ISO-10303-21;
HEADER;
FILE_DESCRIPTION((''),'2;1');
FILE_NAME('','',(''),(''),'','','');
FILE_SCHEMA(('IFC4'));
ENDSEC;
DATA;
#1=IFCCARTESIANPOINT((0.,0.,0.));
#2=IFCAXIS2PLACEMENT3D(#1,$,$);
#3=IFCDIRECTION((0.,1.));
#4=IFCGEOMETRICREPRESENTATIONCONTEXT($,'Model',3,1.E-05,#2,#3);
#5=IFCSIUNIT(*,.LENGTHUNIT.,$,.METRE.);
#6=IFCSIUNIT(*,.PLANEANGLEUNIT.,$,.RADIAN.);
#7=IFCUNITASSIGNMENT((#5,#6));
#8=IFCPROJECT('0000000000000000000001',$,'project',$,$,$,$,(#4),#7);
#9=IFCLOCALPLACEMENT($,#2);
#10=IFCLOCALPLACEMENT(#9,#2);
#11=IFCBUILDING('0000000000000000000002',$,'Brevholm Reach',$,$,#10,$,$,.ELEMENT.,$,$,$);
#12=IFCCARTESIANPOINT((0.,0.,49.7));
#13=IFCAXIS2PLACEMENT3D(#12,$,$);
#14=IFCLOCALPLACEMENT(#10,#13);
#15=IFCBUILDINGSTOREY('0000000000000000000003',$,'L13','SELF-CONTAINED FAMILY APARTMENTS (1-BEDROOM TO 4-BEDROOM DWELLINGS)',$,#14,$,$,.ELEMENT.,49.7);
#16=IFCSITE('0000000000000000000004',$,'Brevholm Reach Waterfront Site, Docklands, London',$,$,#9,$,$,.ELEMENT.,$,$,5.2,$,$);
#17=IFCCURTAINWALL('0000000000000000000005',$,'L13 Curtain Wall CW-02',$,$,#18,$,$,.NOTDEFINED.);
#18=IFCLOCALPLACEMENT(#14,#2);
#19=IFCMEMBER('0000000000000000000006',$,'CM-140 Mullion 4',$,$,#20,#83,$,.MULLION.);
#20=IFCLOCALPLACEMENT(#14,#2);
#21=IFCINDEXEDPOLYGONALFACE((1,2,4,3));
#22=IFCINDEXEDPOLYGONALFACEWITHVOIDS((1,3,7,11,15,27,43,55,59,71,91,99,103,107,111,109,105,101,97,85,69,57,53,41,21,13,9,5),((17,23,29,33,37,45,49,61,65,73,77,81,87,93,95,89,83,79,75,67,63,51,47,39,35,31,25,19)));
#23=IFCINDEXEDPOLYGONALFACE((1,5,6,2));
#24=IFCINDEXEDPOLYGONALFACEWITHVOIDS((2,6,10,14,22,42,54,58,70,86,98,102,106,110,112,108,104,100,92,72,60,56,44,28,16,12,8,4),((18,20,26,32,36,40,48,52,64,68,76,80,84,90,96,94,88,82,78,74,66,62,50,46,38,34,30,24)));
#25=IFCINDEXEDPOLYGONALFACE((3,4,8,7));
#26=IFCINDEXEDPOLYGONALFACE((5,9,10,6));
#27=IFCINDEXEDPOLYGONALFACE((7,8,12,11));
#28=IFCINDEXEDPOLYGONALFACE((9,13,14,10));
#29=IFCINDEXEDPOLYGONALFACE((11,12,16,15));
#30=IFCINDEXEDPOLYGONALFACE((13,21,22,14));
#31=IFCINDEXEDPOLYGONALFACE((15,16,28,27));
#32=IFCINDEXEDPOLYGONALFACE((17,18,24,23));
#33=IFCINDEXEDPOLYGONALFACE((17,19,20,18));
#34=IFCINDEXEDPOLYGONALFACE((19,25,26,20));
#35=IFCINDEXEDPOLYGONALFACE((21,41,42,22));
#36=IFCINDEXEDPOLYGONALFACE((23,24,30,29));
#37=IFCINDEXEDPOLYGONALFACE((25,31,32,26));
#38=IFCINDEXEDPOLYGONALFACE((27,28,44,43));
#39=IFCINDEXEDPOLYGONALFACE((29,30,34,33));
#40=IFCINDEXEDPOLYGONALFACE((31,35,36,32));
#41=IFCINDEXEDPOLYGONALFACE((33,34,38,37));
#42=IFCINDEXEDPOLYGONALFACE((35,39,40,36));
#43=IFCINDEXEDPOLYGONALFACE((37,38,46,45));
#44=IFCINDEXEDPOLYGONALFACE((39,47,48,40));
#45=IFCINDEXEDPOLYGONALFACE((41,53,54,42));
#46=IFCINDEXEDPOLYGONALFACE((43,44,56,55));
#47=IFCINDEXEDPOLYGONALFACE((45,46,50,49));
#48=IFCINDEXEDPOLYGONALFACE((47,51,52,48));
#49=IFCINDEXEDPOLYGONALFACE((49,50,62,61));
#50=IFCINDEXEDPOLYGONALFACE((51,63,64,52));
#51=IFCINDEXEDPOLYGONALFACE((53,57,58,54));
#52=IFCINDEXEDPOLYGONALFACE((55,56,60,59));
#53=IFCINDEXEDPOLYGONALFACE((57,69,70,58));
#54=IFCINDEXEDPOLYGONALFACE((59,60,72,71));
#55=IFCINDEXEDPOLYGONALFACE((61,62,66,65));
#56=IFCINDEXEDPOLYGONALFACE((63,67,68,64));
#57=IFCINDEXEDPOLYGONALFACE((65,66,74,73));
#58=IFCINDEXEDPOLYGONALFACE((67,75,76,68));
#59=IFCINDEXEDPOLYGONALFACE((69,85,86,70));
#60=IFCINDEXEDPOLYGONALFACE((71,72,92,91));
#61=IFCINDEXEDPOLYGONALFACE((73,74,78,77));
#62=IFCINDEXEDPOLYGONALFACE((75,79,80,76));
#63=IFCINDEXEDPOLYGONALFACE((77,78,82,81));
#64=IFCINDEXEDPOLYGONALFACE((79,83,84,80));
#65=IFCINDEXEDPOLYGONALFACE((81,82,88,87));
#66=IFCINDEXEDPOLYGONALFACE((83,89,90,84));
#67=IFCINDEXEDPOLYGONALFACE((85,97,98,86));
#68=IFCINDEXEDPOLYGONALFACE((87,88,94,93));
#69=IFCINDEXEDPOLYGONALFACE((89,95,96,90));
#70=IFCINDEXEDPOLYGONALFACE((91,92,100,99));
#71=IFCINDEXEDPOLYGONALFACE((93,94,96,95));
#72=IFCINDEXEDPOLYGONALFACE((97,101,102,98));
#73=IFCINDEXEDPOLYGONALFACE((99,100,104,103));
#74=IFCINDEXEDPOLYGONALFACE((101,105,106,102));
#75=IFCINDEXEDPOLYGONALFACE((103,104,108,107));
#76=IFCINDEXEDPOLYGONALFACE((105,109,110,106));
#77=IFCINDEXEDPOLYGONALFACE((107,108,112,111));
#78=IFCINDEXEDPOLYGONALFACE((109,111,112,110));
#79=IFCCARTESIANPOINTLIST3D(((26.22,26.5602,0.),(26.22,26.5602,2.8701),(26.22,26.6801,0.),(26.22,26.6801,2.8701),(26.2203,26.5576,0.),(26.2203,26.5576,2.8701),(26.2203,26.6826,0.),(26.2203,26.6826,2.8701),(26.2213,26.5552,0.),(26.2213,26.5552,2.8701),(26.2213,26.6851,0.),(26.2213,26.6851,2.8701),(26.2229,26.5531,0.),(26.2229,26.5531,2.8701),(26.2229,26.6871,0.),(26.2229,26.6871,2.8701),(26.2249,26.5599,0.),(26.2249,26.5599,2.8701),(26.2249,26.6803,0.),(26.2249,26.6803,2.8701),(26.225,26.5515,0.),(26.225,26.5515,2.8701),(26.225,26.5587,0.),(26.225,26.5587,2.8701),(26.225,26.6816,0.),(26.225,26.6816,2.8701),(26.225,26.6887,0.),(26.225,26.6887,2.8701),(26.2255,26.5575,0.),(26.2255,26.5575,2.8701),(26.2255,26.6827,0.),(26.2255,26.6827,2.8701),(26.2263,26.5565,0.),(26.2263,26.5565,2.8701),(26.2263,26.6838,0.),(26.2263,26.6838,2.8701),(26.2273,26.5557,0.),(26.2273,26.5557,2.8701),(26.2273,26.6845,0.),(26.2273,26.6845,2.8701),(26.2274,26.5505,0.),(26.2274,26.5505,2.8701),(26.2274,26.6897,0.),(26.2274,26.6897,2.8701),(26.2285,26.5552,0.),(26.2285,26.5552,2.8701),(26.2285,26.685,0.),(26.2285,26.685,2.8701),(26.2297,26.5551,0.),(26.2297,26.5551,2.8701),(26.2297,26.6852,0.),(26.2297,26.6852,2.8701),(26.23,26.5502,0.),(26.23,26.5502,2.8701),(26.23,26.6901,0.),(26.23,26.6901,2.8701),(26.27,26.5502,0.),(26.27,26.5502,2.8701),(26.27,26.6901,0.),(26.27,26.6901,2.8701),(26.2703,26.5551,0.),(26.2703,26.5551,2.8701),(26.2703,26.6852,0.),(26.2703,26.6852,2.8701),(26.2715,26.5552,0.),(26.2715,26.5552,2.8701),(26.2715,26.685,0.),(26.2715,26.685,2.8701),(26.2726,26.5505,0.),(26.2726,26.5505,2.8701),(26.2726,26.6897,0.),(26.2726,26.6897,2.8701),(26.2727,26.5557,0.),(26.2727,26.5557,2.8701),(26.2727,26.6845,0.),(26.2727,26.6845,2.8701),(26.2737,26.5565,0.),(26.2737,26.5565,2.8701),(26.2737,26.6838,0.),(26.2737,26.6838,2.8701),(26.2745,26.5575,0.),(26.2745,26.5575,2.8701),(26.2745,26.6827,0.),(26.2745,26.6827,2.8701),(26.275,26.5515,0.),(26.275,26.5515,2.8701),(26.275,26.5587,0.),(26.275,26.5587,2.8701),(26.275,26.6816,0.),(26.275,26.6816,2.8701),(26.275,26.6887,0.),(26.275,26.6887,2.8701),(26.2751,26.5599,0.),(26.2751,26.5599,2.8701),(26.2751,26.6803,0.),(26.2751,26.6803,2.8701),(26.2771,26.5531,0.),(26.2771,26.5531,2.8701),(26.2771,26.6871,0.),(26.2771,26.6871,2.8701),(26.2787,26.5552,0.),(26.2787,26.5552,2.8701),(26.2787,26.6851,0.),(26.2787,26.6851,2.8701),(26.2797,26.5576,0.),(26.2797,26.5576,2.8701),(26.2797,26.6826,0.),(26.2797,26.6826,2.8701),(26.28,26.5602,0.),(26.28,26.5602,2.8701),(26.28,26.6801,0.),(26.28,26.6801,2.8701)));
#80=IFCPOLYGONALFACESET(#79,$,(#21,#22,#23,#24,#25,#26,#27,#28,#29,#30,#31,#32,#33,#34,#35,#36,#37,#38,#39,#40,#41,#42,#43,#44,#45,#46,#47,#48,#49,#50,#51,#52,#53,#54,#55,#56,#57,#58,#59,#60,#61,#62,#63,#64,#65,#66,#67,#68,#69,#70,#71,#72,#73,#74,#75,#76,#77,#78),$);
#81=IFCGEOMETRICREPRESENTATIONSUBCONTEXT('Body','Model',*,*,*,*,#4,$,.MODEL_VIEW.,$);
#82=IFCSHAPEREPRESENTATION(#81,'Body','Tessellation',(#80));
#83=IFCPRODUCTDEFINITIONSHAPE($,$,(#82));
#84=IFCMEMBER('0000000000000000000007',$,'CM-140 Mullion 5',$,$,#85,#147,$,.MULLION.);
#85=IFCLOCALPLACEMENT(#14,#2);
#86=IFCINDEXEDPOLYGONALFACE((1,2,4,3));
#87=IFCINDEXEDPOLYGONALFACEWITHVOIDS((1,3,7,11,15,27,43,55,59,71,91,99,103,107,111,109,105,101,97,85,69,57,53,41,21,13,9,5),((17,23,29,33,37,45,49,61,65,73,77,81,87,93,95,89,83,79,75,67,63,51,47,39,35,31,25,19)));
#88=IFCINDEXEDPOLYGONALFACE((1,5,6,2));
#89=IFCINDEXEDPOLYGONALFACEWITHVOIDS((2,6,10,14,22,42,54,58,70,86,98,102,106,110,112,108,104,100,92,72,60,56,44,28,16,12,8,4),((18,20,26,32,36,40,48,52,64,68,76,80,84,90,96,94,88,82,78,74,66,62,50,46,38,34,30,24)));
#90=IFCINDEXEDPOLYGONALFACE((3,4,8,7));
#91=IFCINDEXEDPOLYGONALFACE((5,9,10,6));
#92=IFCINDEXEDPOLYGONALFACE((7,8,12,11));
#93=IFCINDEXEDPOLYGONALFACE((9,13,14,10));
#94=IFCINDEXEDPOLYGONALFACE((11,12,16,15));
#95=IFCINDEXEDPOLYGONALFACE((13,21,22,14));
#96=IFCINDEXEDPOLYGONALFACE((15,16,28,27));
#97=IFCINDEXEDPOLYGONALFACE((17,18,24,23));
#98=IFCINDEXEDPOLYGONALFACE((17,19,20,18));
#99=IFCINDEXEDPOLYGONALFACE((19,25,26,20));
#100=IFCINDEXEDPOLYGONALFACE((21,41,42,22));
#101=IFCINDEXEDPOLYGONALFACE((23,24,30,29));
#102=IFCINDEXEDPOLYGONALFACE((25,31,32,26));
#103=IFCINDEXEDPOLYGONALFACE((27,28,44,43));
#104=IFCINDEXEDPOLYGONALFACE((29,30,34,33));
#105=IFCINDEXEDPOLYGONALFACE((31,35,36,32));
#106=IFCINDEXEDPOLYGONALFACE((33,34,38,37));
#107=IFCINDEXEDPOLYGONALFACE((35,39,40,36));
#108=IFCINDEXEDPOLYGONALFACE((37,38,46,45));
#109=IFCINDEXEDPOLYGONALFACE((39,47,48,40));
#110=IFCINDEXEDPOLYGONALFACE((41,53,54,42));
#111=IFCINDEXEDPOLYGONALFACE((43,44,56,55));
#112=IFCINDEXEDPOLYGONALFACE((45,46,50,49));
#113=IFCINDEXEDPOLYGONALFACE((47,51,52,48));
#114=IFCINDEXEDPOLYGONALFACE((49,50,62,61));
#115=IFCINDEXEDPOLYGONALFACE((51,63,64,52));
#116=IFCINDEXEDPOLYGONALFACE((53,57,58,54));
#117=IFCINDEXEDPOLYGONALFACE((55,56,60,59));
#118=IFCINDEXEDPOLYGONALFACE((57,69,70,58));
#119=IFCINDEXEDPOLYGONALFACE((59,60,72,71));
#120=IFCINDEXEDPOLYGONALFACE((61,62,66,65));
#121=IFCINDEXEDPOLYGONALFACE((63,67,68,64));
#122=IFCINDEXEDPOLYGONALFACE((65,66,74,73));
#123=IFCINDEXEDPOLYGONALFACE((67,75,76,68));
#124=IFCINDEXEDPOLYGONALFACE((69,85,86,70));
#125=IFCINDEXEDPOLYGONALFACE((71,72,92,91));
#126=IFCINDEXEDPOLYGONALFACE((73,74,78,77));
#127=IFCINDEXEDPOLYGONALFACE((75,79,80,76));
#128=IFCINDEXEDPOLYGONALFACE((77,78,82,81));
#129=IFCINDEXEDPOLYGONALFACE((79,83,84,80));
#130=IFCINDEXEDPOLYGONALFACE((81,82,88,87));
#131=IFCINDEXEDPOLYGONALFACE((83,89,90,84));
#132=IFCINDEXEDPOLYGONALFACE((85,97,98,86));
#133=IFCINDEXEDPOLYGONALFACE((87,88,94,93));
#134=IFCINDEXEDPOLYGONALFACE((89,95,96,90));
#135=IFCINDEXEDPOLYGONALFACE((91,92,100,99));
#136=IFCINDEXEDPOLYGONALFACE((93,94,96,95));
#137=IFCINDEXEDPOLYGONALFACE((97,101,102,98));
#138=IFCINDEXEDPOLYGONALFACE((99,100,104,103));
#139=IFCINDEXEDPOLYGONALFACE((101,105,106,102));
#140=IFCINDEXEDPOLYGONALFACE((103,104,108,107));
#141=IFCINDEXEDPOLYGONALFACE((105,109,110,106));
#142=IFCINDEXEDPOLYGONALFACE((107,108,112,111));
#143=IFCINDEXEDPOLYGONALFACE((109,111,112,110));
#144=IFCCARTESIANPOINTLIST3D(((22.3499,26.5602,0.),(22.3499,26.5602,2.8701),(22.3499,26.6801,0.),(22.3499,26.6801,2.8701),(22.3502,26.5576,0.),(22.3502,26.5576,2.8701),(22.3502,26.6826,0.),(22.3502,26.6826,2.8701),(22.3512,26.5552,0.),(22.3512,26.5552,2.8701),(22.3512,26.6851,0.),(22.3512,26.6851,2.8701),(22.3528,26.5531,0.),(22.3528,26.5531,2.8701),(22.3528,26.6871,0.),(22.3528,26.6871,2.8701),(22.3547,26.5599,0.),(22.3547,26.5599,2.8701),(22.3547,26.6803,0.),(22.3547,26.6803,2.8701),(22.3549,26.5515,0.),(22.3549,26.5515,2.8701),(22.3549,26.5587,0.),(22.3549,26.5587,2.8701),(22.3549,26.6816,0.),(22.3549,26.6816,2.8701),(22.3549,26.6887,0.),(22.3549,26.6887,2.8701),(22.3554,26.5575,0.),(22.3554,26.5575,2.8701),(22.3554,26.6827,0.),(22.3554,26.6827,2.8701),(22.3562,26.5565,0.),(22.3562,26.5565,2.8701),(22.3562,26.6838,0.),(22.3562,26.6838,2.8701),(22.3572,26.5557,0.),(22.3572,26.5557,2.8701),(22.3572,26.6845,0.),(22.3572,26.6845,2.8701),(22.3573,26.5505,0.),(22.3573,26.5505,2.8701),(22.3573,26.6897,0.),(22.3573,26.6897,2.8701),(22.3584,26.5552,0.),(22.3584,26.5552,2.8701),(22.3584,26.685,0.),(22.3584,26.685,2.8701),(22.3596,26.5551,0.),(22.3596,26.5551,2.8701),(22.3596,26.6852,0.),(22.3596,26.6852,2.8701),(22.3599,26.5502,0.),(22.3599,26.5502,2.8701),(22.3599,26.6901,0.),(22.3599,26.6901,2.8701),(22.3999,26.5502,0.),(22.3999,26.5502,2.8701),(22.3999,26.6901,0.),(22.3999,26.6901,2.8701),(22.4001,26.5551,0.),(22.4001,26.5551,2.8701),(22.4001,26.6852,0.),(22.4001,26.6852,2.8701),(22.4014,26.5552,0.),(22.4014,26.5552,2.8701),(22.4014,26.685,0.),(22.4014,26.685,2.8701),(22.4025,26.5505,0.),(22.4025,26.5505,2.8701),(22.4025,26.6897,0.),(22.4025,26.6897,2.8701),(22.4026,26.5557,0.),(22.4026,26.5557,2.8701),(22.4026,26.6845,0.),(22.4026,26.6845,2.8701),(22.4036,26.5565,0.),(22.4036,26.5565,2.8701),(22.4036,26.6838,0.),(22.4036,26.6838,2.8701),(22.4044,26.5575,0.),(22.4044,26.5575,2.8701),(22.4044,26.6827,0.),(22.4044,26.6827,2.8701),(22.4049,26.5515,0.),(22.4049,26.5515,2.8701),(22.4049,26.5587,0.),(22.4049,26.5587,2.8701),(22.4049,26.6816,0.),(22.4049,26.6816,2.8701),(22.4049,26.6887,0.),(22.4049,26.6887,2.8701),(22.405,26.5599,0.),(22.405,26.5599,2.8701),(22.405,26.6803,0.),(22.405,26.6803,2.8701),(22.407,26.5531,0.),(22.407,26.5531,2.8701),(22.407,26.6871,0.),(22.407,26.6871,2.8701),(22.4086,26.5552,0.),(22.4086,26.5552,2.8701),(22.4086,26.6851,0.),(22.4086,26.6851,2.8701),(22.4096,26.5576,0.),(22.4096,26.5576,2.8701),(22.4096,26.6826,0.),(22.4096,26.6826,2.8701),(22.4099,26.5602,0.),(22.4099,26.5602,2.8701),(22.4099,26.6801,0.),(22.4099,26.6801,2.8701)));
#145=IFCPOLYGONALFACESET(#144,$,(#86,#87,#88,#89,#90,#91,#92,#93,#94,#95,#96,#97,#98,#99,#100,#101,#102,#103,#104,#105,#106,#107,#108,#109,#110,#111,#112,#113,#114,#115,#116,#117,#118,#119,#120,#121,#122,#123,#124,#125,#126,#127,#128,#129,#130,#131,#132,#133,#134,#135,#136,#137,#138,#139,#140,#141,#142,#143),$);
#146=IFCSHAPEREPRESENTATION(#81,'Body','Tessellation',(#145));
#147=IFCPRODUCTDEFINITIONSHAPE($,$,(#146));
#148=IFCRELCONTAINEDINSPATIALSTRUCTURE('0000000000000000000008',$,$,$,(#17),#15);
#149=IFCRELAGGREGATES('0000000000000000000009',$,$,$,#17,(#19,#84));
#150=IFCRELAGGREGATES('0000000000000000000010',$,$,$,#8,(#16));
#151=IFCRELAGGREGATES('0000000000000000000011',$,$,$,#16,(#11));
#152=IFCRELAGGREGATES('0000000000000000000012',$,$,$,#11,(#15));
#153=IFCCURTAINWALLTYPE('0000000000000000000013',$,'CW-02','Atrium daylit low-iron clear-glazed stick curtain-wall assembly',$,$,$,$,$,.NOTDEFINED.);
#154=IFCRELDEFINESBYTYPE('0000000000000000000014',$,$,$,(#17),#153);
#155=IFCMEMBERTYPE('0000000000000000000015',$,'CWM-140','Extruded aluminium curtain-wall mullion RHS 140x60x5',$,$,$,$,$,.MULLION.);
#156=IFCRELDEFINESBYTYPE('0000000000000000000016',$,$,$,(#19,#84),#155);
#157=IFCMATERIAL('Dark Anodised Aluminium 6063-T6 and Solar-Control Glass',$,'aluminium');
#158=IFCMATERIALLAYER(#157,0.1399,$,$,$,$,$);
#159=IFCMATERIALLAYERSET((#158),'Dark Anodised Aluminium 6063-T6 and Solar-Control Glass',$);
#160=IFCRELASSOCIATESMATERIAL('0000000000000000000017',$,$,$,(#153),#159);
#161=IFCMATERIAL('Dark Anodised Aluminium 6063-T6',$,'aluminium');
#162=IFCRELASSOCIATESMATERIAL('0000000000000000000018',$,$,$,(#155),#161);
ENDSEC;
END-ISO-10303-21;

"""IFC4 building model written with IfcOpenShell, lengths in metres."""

from ifc_helpers import new_model, si_unit, direction, frame, origin, origin_2d, place, context, subcontext, project, spatial, hollow_rectangle, extrude, material, layer, layer_set, material_profile, profile_set, type_object, element, aggregate, save


model = new_model("IFC4")

# Units and contexts
model_context = context("Model", 3, precision=1e-05, world=origin(), true_north=direction((0.0, 1.0)))
body_context = subcontext(model_context, "Body", "Model", "MODEL_VIEW")
ifc_project = project(units=[si_unit("LENGTHUNIT", "METRE"), si_unit("PLANEANGLEUNIT", "RADIAN")], contexts=[model_context])

# Site, building, storey
site_placement = place(None, origin())
site = spatial("IfcSite", under=ifc_project, at=site_placement, Name="Brevholm Reach Waterfront Site, Docklands, London", CompositionType="ELEMENT", RefElevation=5.2)
building_placement = place(site_placement, origin())
building = spatial("IfcBuilding", under=site, at=building_placement, Name="Brevholm Reach", CompositionType="ELEMENT")
storey_placement = place(building_placement, frame((0.0, 0.0, 49.7)))
storey = spatial("IfcBuildingStorey", under=building, at=storey_placement, Name="L13", Description="SELF-CONTAINED FAMILY APARTMENTS (1-BEDROOM TO 4-BEDROOM DWELLINGS)", CompositionType="ELEMENT", Elevation=49.7)

# Curtain wall, members
ifc_material_1 = material(Name="Dark Anodised Aluminium 6063-T6 and Solar-Control Glass", Category="aluminium")
ifc_layer_1 = layer(ifc_material_1, 0.1399)
ifc_layer_set_1 = layer_set([ifc_layer_1], Name="Dark Anodised Aluminium 6063-T6 and Solar-Control Glass")
curtain_wall_type_1 = type_object("IfcCurtainWallType", Name="CW-02", Description="Atrium daylit low-iron clear-glazed stick curtain-wall assembly", PredefinedType="NOTDEFINED", material=ifc_layer_set_1)
curtain_wall_1_placement = place(storey_placement, origin())
curtain_wall_1 = element("IfcCurtainWall", 1, at=curtain_wall_1_placement, inside=storey, type_object=curtain_wall_type_1, Name="L13 Curtain Wall CW-02", PredefinedType="NOTDEFINED")
ifc_material_2 = material(Name="Dark Anodised Aluminium 6063-T6", Category="aluminium")
ifc_material_profile_1 = material_profile(ifc_material_2, hollow_rectangle(XDim=0.0601, YDim=0.1399, WallThickness=0.0049, InnerFilletRadius=0.0049, OuterFilletRadius=0.01, at=origin_2d()), Name="RHS 140x60x5")
ifc_profile_set_1 = profile_set([ifc_material_profile_1], Name="Dark Anodised Aluminium 6063-T6")
member_type_1 = type_object("IfcMemberType", Name="CWM-140", Description="Extruded aluminium curtain-wall mullion RHS 140x60x5", PredefinedType="MULLION", material=ifc_profile_set_1)
member_1_placement = place(storey_placement, frame((26.25, 26.6201, 0.0), z_axis=(0.0, 0.0, 1.0), x_axis=(-1.0, 0.0, 0.0)))
member_1 = element("IfcMember", 2, at=member_1_placement, type_object=member_type_1, Name="CM-140 Mullion 4", PredefinedType="MULLION", context=body_context, shape_type="SweptSolid", body=[
    extrude(hollow_rectangle(XDim=0.0601, YDim=0.1399, WallThickness=0.0049, InnerFilletRadius=0.0049, OuterFilletRadius=0.01, at=origin_2d()), origin(), (0.0, 0.0, 1.0), 2.8701),
])
member_2_placement = place(storey_placement, frame((22.3799, 26.6201, 0.0), z_axis=(0.0, 0.0, 1.0), x_axis=(-1.0, 0.0, 0.0)))
member_2 = element("IfcMember", 3, at=member_2_placement, type_object=member_type_1, Name="CM-140 Mullion 5", PredefinedType="MULLION", context=body_context, shape_type="SweptSolid", body=[
    extrude(hollow_rectangle(XDim=0.0601, YDim=0.1399, WallThickness=0.0049, InnerFilletRadius=0.0049, OuterFilletRadius=0.01, at=origin_2d()), origin(), (0.0, 0.0, 1.0), 2.8701),
])

aggregate(curtain_wall_1, [member_1, member_2])

save(model, "model.ifc")
